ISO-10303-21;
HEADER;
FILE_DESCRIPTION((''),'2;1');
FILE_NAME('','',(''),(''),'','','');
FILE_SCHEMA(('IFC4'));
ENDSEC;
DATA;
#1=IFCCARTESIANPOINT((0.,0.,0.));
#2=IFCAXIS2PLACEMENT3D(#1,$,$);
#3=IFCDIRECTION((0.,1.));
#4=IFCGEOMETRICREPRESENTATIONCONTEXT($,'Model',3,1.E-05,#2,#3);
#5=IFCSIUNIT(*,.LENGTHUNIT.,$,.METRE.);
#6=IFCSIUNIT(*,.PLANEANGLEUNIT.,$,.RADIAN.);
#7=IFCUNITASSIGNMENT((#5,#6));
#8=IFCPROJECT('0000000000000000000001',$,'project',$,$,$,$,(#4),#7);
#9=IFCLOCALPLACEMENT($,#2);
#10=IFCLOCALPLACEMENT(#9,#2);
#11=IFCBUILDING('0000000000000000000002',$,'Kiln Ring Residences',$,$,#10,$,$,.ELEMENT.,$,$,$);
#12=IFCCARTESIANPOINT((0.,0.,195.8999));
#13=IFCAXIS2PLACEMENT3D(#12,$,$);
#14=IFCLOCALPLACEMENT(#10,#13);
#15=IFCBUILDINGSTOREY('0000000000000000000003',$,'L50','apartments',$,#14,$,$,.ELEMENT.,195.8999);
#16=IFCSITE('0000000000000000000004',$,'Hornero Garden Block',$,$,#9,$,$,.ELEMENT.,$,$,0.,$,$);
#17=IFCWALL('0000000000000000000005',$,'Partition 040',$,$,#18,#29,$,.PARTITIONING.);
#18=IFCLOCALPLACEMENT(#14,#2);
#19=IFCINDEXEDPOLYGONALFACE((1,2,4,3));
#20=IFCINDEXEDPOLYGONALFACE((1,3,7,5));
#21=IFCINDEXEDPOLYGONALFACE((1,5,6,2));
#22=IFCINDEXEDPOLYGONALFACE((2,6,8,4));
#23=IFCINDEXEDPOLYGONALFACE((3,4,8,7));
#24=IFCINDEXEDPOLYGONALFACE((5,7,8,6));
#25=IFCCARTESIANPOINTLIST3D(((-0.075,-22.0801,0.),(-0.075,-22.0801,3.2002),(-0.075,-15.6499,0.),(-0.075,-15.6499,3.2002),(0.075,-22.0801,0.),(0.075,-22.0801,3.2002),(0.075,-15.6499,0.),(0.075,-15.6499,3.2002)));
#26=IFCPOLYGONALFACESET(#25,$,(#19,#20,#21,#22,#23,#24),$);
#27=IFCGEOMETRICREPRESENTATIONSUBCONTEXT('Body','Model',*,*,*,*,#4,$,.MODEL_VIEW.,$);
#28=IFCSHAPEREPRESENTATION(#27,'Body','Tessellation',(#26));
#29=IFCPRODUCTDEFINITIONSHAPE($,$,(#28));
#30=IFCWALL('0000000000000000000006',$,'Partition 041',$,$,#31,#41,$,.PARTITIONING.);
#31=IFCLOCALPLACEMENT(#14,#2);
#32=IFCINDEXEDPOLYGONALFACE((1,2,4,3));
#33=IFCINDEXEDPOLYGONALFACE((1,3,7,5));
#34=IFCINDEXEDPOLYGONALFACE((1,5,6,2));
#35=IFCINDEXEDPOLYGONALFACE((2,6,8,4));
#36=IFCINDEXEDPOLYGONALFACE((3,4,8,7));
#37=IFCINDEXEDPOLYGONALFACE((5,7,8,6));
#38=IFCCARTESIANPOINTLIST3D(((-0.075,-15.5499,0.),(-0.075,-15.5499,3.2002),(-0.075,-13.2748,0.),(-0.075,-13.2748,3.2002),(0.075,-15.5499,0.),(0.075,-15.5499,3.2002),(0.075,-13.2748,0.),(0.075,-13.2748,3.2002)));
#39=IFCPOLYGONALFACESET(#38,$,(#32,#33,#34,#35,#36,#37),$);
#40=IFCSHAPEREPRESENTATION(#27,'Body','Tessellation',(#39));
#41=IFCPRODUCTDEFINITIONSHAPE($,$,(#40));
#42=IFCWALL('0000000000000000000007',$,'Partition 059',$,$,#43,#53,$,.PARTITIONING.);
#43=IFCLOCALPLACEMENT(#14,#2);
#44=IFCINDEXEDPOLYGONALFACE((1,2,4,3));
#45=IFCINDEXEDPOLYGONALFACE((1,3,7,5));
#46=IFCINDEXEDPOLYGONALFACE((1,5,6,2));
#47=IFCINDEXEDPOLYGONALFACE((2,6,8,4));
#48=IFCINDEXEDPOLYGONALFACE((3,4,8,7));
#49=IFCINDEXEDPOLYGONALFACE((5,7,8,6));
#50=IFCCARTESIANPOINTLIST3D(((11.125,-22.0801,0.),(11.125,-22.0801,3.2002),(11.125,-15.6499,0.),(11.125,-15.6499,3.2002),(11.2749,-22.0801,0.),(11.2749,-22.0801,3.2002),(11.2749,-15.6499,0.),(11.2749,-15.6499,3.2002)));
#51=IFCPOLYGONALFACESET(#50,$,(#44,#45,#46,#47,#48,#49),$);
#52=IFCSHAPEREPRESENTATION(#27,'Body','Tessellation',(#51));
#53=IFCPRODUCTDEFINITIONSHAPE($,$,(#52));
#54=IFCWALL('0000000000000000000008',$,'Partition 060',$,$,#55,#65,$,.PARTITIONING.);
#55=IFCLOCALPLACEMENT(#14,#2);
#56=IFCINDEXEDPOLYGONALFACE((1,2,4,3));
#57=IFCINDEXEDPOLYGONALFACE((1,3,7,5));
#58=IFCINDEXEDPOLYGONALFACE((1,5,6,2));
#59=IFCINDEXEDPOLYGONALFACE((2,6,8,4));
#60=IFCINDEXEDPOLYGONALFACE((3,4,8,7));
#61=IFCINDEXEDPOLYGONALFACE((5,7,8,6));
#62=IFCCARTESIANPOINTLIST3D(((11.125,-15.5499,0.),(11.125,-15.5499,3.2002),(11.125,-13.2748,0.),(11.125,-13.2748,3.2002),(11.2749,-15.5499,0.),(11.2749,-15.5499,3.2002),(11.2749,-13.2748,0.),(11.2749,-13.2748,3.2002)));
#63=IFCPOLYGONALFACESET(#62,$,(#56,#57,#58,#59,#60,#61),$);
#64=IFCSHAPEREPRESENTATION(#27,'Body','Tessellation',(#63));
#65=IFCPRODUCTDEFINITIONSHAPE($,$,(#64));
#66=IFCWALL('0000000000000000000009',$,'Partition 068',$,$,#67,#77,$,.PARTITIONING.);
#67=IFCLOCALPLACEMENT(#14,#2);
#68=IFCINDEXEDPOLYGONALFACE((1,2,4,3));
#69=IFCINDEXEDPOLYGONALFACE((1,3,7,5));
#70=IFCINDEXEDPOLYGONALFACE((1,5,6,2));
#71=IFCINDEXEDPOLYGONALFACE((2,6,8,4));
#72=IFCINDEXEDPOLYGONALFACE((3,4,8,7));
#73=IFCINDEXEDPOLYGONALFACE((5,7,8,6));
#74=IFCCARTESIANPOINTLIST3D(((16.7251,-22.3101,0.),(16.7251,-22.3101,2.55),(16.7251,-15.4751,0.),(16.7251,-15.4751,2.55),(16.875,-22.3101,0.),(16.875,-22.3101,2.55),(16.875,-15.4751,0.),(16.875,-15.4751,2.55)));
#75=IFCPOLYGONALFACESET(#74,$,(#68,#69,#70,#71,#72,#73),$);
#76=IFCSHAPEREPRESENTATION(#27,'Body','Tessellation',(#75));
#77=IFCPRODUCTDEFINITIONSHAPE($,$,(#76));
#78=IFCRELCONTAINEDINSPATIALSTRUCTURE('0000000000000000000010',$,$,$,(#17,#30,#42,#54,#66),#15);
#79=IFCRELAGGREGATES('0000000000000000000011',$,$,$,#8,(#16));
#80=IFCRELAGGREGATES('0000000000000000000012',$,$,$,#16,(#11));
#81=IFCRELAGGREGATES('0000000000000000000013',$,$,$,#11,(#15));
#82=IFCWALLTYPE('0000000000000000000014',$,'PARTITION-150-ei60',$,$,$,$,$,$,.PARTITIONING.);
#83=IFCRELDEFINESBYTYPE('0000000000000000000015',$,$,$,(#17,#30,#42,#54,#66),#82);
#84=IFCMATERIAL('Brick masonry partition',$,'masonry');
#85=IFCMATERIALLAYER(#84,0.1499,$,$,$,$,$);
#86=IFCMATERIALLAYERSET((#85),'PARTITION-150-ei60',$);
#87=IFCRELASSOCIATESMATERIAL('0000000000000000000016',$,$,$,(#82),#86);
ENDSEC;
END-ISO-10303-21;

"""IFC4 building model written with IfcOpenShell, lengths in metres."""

from ifc_helpers import new_model, si_unit, direction, frame, frame_2d, origin, place, context, subcontext, project, spatial, rectangle, extrude, material, layer, layer_set, type_object, element, save


model = new_model("IFC4")

# Units and contexts
model_context = context("Model", 3, precision=1e-05, world=origin(), true_north=direction((0.0, 1.0)))
body_context = subcontext(model_context, "Body", "Model", "MODEL_VIEW")
ifc_project = project(units=[si_unit("LENGTHUNIT", "METRE"), si_unit("PLANEANGLEUNIT", "RADIAN")], contexts=[model_context])

# Site, building, storey
site_placement = place(None, origin())
site = spatial("IfcSite", under=ifc_project, at=site_placement, Name="Hornero Garden Block", CompositionType="ELEMENT", RefElevation=0.0)
building_placement = place(site_placement, origin())
building = spatial("IfcBuilding", under=site, at=building_placement, Name="Kiln Ring Residences", CompositionType="ELEMENT")
storey_placement = place(building_placement, frame((0.0, 0.0, 195.8999)))
storey = spatial("IfcBuildingStorey", under=building, at=storey_placement, Name="L50", Description="apartments", CompositionType="ELEMENT", Elevation=195.8999)

# Walls
ifc_material_1 = material(Name="Brick masonry partition", Category="masonry")
ifc_layer_1 = layer(ifc_material_1, 0.1499)
ifc_layer_set_1 = layer_set([ifc_layer_1], Name="PARTITION-150-ei60")
wall_type_1 = type_object("IfcWallType", Name="PARTITION-150-ei60", PredefinedType="PARTITIONING", material=ifc_layer_set_1)
wall_1_placement = place(storey_placement, frame((0.0, -22.0801, 0.0), z_axis=(0.0, 0.0, 1.0), x_axis=(0.0, 1.0, 0.0)))
element("IfcWall", 1, at=wall_1_placement, inside=storey, type_object=wall_type_1, Name="Partition 040", PredefinedType="PARTITIONING", context=body_context, shape_type="SweptSolid", body=[
    extrude(rectangle(XDim=6.4302, YDim=0.1499, at=frame_2d((3.2151, 0.0))), origin(), (0.0, 0.0, 1.0), 3.2002),
])
wall_2_placement = place(storey_placement, frame((0.0, -15.55, 0.0), z_axis=(0.0, 0.0, 1.0), x_axis=(0.0, 1.0, 0.0)))
element("IfcWall", 2, at=wall_2_placement, inside=storey, type_object=wall_type_1, Name="Partition 041", PredefinedType="PARTITIONING", context=body_context, shape_type="SweptSolid", body=[
    extrude(rectangle(XDim=2.2751, YDim=0.1499, at=frame_2d((1.1377, 0.0))), origin(), (0.0, 0.0, 1.0), 3.2002),
])
wall_3_placement = place(storey_placement, frame((11.2, -22.0801, 0.0), z_axis=(0.0, 0.0, 1.0), x_axis=(0.0, 1.0, 0.0)))
element("IfcWall", 3, at=wall_3_placement, inside=storey, type_object=wall_type_1, Name="Partition 059", PredefinedType="PARTITIONING", context=body_context, shape_type="SweptSolid", body=[
    extrude(rectangle(XDim=6.4302, YDim=0.1499, at=frame_2d((3.2151, 0.0))), origin(), (0.0, 0.0, 1.0), 3.2002),
])
wall_4_placement = place(storey_placement, frame((11.2, -15.55, 0.0), z_axis=(0.0, 0.0, 1.0), x_axis=(0.0, 1.0, 0.0)))
element("IfcWall", 4, at=wall_4_placement, inside=storey, type_object=wall_type_1, Name="Partition 060", PredefinedType="PARTITIONING", context=body_context, shape_type="SweptSolid", body=[
    extrude(rectangle(XDim=2.2751, YDim=0.1499, at=frame_2d((1.1377, 0.0))), origin(), (0.0, 0.0, 1.0), 3.2002),
])
wall_5_placement = place(storey_placement, frame((16.8, -22.3101, 0.0), z_axis=(0.0, 0.0, 1.0), x_axis=(0.0, 1.0, 0.0)))
element("IfcWall", 5, at=wall_5_placement, inside=storey, type_object=wall_type_1, Name="Partition 068", PredefinedType="PARTITIONING", context=body_context, shape_type="SweptSolid", body=[
    extrude(rectangle(XDim=6.835, YDim=0.1499, at=frame_2d((3.4175, 0.0))), origin(), (0.0, 0.0, 1.0), 2.55),
])

save(model, "model.ifc")
